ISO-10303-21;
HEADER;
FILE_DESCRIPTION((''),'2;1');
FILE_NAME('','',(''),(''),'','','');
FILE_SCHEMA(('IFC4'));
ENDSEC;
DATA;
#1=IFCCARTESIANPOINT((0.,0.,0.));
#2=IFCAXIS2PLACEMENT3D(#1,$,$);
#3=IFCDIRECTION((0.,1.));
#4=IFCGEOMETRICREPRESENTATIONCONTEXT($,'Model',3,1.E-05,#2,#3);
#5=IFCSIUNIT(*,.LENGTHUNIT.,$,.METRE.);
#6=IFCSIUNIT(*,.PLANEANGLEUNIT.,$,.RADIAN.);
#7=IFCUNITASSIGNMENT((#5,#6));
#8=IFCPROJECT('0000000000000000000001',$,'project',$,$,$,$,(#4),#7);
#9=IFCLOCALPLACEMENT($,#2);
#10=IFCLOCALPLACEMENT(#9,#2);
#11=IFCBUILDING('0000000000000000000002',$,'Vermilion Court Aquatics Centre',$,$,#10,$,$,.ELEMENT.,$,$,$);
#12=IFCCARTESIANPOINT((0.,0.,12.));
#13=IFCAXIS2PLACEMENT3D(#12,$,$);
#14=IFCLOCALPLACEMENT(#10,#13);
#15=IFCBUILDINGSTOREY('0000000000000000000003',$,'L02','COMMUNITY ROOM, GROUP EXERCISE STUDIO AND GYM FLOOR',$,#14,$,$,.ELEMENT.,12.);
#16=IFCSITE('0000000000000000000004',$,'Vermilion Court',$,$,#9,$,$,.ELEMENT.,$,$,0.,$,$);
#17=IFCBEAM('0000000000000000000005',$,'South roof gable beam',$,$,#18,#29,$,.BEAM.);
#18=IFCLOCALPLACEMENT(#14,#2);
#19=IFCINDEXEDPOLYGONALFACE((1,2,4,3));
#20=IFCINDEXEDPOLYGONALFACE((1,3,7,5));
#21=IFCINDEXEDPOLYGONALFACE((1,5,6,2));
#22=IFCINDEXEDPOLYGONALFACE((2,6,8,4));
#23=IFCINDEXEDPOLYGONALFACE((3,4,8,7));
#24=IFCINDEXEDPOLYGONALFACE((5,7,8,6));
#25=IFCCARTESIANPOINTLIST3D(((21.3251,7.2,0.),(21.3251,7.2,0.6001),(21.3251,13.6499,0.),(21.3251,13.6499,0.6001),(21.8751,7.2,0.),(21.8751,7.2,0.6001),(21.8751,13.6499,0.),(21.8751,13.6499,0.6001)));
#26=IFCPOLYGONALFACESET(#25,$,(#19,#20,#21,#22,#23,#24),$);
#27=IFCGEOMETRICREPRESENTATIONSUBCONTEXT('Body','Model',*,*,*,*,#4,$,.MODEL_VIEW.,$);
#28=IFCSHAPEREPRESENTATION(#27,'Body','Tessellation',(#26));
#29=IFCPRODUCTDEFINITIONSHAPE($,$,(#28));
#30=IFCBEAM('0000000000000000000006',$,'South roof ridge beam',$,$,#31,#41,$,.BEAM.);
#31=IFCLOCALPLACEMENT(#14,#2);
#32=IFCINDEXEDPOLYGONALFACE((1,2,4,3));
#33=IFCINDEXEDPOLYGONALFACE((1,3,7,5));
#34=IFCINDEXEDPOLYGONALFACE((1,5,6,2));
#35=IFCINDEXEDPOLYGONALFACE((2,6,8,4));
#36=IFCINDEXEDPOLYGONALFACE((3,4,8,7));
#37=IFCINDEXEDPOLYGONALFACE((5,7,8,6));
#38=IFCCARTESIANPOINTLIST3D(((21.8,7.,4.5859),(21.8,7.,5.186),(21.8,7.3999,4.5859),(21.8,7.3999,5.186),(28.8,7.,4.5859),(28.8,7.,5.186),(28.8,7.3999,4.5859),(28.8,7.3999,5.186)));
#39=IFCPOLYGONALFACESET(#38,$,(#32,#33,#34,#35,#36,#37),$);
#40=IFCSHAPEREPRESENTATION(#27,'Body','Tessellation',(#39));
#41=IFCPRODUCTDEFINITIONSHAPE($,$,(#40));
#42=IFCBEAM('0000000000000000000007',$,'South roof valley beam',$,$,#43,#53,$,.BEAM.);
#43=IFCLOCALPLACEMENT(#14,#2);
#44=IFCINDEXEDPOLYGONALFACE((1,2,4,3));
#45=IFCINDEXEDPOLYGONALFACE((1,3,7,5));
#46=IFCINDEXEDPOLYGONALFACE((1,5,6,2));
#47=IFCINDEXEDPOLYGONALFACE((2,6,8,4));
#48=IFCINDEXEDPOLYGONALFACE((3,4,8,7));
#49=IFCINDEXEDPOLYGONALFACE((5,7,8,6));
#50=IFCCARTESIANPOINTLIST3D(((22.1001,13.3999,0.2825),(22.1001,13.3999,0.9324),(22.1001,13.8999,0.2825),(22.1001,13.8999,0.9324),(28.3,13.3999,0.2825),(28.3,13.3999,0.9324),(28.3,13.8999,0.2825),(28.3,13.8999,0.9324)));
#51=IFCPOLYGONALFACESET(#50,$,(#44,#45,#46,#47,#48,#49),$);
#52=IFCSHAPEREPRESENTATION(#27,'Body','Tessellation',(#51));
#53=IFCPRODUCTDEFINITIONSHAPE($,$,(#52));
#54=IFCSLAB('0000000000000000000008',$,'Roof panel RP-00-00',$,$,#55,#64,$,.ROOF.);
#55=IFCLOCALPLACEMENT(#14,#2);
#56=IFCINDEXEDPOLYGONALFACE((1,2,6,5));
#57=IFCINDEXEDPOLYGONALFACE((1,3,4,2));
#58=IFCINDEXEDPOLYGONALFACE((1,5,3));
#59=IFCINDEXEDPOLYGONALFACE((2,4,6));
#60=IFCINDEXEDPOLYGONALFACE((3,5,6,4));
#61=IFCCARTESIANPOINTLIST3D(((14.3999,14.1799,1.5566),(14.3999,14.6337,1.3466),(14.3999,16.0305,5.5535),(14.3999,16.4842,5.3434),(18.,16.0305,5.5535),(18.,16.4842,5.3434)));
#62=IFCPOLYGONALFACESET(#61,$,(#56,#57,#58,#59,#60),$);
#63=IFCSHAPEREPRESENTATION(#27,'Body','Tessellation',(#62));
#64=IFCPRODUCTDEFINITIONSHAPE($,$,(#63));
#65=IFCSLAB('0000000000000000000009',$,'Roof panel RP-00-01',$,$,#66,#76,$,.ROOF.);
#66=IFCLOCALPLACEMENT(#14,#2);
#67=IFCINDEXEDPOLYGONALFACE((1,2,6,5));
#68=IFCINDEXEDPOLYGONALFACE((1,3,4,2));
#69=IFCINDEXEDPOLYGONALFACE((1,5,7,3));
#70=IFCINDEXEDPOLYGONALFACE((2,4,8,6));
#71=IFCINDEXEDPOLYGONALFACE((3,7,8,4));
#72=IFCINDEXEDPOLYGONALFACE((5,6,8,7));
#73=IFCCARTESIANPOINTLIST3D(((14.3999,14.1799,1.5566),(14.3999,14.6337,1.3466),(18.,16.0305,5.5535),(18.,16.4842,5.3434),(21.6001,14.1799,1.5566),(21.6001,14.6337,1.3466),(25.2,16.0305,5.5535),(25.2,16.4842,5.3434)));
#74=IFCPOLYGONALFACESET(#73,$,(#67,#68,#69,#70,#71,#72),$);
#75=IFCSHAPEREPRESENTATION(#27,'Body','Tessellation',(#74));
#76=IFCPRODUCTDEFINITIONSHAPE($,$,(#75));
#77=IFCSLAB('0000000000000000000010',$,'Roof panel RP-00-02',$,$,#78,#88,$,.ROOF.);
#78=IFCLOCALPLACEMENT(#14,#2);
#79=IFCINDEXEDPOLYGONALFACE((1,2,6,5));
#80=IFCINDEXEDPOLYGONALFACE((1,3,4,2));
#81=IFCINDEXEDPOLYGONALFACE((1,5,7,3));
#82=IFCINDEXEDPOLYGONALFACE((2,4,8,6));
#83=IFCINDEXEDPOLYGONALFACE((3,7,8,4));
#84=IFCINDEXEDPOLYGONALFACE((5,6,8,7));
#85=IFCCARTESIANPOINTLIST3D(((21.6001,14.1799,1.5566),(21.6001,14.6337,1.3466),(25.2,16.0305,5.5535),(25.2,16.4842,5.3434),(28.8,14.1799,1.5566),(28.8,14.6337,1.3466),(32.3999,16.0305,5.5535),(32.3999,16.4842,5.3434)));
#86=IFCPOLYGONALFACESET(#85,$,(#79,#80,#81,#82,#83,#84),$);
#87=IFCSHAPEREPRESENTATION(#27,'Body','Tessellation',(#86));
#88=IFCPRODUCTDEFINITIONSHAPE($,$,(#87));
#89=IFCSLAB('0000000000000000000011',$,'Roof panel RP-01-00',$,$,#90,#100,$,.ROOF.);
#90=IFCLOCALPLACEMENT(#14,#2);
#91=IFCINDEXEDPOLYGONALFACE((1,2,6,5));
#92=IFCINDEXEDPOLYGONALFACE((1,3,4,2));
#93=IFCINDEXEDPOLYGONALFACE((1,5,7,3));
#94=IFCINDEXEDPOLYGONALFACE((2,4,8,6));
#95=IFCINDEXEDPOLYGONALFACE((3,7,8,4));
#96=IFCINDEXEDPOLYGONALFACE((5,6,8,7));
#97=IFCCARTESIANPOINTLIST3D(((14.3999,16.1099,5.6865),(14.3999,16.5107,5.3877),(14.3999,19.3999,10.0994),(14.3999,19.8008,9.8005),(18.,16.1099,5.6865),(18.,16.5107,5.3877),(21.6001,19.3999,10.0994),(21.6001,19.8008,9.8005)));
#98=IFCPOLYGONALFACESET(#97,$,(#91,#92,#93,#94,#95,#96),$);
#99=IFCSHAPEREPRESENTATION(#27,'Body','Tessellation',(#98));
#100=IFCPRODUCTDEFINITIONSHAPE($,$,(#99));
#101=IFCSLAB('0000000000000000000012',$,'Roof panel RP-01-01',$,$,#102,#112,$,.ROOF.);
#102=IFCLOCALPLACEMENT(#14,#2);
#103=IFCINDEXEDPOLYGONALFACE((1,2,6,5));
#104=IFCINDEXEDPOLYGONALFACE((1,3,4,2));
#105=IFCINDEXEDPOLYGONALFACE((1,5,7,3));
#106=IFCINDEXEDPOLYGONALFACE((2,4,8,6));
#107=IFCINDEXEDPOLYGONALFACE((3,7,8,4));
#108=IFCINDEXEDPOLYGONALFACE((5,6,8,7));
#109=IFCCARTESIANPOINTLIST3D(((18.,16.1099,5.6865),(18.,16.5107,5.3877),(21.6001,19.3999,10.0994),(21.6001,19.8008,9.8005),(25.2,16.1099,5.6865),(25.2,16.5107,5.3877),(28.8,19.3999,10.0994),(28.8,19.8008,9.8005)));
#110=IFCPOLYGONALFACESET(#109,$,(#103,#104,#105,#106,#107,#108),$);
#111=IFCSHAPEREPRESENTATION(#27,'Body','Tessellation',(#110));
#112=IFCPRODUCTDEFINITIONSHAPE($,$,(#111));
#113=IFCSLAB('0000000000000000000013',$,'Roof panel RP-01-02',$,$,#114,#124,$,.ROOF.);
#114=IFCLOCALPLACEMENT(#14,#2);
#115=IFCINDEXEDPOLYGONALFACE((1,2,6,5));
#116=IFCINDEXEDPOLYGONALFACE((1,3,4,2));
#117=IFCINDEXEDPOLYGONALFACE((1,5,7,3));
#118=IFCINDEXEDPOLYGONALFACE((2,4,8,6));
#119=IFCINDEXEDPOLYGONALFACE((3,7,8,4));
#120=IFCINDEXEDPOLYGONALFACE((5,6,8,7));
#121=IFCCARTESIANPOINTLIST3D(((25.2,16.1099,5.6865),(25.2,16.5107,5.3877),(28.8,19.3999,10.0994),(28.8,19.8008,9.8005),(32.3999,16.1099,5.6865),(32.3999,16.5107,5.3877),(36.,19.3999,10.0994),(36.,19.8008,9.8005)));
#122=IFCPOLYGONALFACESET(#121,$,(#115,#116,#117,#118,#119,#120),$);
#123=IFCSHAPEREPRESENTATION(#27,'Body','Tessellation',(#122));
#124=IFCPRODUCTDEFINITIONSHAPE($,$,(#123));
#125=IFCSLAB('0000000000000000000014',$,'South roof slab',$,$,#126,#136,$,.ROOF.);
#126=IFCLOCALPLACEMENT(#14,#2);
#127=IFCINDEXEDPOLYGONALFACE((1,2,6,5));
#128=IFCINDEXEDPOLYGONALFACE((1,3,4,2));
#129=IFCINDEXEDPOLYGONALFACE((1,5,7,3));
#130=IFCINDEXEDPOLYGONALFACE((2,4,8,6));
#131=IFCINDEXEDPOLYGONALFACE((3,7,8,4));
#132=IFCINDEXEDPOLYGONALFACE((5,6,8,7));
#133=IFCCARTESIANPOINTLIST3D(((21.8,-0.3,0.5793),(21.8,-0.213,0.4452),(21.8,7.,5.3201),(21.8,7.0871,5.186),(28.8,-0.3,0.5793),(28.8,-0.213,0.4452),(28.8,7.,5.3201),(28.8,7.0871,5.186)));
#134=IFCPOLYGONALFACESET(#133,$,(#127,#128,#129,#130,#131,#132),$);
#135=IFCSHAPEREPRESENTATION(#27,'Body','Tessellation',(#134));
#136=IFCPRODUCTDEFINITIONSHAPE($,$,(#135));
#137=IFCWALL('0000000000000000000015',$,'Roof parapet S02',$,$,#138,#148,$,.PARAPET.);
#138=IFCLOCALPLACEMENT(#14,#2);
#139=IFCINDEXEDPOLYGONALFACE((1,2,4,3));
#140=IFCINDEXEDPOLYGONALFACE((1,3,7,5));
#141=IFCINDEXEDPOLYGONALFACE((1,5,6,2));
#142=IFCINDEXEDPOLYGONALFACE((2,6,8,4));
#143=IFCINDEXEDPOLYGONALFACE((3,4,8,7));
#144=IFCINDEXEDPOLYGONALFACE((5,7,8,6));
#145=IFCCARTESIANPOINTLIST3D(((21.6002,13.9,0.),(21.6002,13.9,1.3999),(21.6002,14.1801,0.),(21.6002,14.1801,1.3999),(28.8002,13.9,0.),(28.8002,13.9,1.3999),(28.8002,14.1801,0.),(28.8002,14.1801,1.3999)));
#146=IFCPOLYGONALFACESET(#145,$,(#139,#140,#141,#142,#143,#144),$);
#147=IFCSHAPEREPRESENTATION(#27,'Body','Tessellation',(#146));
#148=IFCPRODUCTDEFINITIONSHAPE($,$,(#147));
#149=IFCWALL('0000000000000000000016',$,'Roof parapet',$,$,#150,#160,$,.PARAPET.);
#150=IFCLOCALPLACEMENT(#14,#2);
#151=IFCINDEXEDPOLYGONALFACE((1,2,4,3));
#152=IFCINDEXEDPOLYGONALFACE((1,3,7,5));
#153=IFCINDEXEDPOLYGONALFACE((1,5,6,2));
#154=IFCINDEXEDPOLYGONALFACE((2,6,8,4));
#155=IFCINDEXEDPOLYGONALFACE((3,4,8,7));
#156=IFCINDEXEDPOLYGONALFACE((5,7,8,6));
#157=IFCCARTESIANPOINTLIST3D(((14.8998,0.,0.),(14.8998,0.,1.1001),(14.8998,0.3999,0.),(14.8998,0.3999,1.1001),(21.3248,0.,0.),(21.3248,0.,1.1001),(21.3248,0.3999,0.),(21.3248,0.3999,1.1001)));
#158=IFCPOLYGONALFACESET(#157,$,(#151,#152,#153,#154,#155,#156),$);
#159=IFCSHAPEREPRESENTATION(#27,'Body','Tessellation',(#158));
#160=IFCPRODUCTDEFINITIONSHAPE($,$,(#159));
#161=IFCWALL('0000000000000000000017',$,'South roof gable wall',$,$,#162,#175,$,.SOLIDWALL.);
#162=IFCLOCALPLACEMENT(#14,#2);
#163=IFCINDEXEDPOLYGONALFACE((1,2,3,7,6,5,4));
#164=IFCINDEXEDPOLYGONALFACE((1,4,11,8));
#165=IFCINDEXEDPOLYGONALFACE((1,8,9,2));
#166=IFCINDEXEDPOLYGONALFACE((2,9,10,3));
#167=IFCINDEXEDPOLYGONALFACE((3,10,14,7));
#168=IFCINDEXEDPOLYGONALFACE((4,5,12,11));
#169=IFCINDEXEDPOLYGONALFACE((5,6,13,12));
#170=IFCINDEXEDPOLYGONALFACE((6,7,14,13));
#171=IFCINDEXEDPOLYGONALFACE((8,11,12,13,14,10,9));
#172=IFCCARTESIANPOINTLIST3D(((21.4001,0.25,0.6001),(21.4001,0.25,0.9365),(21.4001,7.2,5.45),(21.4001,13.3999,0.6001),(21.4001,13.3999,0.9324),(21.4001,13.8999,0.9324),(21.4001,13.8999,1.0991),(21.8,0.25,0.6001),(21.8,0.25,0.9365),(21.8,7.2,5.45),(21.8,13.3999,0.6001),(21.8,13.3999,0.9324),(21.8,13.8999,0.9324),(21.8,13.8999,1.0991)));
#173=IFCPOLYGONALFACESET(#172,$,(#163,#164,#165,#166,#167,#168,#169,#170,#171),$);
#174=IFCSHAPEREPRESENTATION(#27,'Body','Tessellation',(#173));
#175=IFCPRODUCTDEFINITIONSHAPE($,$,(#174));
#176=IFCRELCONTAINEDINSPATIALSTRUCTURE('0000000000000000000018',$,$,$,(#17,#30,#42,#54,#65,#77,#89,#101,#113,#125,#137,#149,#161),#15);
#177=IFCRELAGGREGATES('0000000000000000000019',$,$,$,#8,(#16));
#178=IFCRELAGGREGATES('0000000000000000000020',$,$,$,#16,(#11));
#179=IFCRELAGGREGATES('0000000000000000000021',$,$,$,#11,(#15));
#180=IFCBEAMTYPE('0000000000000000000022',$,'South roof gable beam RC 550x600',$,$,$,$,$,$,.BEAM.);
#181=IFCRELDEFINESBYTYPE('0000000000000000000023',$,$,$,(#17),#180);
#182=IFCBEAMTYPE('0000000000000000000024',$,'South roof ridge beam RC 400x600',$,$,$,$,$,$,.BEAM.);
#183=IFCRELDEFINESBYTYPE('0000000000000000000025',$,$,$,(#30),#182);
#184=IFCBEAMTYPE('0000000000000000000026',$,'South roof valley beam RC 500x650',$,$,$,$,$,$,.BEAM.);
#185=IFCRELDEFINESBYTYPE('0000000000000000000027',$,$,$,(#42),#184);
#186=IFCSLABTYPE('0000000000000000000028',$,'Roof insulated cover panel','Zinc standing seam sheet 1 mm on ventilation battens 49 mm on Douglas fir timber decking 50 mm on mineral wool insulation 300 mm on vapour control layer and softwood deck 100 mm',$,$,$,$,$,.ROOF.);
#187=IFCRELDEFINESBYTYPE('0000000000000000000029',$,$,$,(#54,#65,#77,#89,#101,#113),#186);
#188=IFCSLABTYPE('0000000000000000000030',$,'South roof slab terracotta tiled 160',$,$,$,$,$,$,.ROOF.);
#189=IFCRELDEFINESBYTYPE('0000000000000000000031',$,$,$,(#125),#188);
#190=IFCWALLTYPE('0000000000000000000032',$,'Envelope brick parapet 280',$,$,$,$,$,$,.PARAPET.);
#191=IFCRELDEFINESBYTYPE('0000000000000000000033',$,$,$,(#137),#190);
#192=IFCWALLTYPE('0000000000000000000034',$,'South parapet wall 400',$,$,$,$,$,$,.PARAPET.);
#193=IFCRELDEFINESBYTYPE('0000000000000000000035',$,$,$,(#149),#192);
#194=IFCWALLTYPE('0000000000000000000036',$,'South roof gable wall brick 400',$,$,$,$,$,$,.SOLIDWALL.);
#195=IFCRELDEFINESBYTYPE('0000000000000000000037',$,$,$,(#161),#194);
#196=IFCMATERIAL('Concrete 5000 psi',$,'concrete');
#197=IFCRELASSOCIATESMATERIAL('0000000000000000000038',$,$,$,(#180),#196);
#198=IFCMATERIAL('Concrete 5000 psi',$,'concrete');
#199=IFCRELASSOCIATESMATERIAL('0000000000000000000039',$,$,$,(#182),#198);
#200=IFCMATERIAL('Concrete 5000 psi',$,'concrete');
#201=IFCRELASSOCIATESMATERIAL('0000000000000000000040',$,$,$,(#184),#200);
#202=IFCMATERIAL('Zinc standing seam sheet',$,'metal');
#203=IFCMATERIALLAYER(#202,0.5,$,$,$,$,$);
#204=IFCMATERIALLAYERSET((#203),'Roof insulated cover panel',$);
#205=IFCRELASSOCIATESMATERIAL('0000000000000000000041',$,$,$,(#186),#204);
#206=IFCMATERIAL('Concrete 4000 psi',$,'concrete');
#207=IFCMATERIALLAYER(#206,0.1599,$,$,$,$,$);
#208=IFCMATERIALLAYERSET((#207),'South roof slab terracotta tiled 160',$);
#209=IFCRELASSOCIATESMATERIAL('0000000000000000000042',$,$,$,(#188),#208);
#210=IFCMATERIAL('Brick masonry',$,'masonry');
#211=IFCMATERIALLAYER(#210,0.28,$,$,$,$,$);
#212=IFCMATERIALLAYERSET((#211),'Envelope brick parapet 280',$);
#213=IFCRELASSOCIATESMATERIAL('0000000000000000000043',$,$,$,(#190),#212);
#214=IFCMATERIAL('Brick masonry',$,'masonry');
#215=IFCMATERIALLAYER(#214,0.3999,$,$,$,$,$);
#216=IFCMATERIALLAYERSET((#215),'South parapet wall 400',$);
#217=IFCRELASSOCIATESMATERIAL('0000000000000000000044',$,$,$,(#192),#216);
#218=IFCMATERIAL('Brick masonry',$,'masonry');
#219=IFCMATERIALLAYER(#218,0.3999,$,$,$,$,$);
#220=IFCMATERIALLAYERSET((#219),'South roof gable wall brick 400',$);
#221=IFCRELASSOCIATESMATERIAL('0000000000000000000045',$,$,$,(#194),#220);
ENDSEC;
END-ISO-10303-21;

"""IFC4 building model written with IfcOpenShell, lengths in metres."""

from ifc_helpers import new_model, si_unit, direction, frame, frame_2d, origin, origin_2d, place, context, subcontext, project, spatial, polyline, rectangle, outline, extrude, material, layer, layer_set, material_profile, profile_set, type_object, element, save


model = new_model("IFC4")

# Units and contexts
model_context = context("Model", 3, precision=1e-05, world=origin(), true_north=direction((0.0, 1.0)))
body_context = subcontext(model_context, "Body", "Model", "MODEL_VIEW")
ifc_project = project(units=[si_unit("LENGTHUNIT", "METRE"), si_unit("PLANEANGLEUNIT", "RADIAN")], contexts=[model_context])

# Site, building, storey
site_placement = place(None, origin())
site = spatial("IfcSite", under=ifc_project, at=site_placement, Name="Vermilion Court", CompositionType="ELEMENT", RefElevation=0.0)
building_placement = place(site_placement, origin())
building = spatial("IfcBuilding", under=site, at=building_placement, Name="Vermilion Court Aquatics Centre", CompositionType="ELEMENT")
storey_placement = place(building_placement, frame((0.0, 0.0, 12.0)))
storey = spatial("IfcBuildingStorey", under=building, at=storey_placement, Name="L02", Description="COMMUNITY ROOM, GROUP EXERCISE STUDIO AND GYM FLOOR", CompositionType="ELEMENT", Elevation=12.0)

# Beams
ifc_material_1 = material(Name="Concrete 5000 psi", Category="concrete")
ifc_material_profile_1 = material_profile(ifc_material_1, rectangle(XDim=0.55, YDim=0.6001, at=origin_2d()), Name="RC 550x600")
ifc_profile_set_1 = profile_set([ifc_material_profile_1], Name="Concrete 5000 psi")
beam_type_1 = type_object("IfcBeamType", Name="South roof gable beam RC 550x600", PredefinedType="BEAM", material=ifc_profile_set_1)
beam_1_placement = place(storey_placement, frame((21.6001, 7.2, 0.3), z_axis=(0.0, 1.0, 0.0), x_axis=(-1.0, 0.0, 0.0)))
element("IfcBeam", 1, at=beam_1_placement, inside=storey, type_object=beam_type_1, Name="South roof gable beam", PredefinedType="BEAM", context=body_context, shape_type="SweptSolid", body=[
    extrude(rectangle(XDim=0.55, YDim=0.6001, at=origin_2d()), origin(), (0.0, 0.0, 1.0), 6.45),
])
ifc_material_2 = material(Name="Concrete 5000 psi", Category="concrete")
ifc_material_profile_2 = material_profile(ifc_material_2, rectangle(XDim=0.3999, YDim=0.6001, at=origin_2d()), Name="RC 400x600")
ifc_profile_set_2 = profile_set([ifc_material_profile_2], Name="Concrete 5000 psi")
beam_type_2 = type_object("IfcBeamType", Name="South roof ridge beam RC 400x600", PredefinedType="BEAM", material=ifc_profile_set_2)
beam_2_placement = place(storey_placement, frame((21.8, 7.2, 4.886), z_axis=(1.0, 0.0, 0.0), x_axis=(0.0, 1.0, 0.0)))
element("IfcBeam", 2, at=beam_2_placement, inside=storey, type_object=beam_type_2, Name="South roof ridge beam", PredefinedType="BEAM", context=body_context, shape_type="SweptSolid", body=[
    extrude(rectangle(XDim=0.3999, YDim=0.6001, at=origin_2d()), origin(), (0.0, 0.0, 1.0), 7.0),
])
ifc_material_3 = material(Name="Concrete 5000 psi", Category="concrete")
ifc_material_profile_3 = material_profile(ifc_material_3, rectangle(XDim=0.5, YDim=0.6499, at=origin_2d()), Name="RC 500x650")
ifc_profile_set_3 = profile_set([ifc_material_profile_3], Name="Concrete 5000 psi")
beam_type_3 = type_object("IfcBeamType", Name="South roof valley beam RC 500x650", PredefinedType="BEAM", material=ifc_profile_set_3)
beam_3_placement = place(storey_placement, frame((22.1001, 13.6499, 0.6074), z_axis=(1.0, 0.0, 0.0), x_axis=(0.0, 1.0, 0.0)))
element("IfcBeam", 3, at=beam_3_placement, inside=storey, type_object=beam_type_3, Name="South roof valley beam", PredefinedType="BEAM", context=body_context, shape_type="SweptSolid", body=[
    extrude(rectangle(XDim=0.5, YDim=0.6499, at=origin_2d()), origin(), (0.0, 0.0, 1.0), 6.2),
])

# Slabs
ifc_material_4 = material(Name="Zinc standing seam sheet", Category="metal")
ifc_layer_1 = layer(ifc_material_4, 0.5)
ifc_layer_set_1 = layer_set([ifc_layer_1], Name="Roof insulated cover panel")
slab_type_1 = type_object("IfcSlabType", Name="Roof insulated cover panel", Description="Zinc standing seam sheet 1 mm on ventilation battens 49 mm on Douglas fir timber decking 50 mm on mineral wool insulation 300 mm on vapour control layer and softwood deck 100 mm", PredefinedType="ROOF", material=ifc_layer_set_1)
slab_1_placement = place(storey_placement, frame((14.3999, 14.1799, 1.5566), z_axis=(0.0, -0.907449, 0.420162), x_axis=(0.632864, 0.325316, 0.702605)))
element("IfcSlab", 4, at=slab_1_placement, inside=storey, type_object=slab_type_1, Name="Roof panel RP-00-00", PredefinedType="ROOF", context=body_context, shape_type="SweptSolid", body=[
    extrude(outline(polyline([(0.0, 0.0), (5.6886, 0.0), (3.4102, 2.7874), (0.0, 0.0)])), origin(), (0.0, 0.0, -1.0), 0.5),
])
slab_2_placement = place(storey_placement, frame((14.3999, 14.1799, 1.5566), z_axis=(0.0, -0.907449, 0.420162), x_axis=(1.0, 0.0, 0.0)))
element("IfcSlab", 5, at=slab_2_placement, inside=storey, type_object=slab_type_1, Name="Roof panel RP-00-01", PredefinedType="ROOF", context=body_context, shape_type="SweptSolid", body=[
    extrude(outline(polyline([(0.0, 0.0), (7.2002, 0.0), (10.8, 4.4045), (3.6001, 4.4045), (0.0, 0.0)])), origin(), (0.0, 0.0, -1.0), 0.5),
])
slab_3_placement = place(storey_placement, frame((21.6001, 14.1799, 1.5566), z_axis=(0.0, -0.907449, 0.420162), x_axis=(1.0, 0.0, 0.0)))
element("IfcSlab", 6, at=slab_3_placement, inside=storey, type_object=slab_type_1, Name="Roof panel RP-00-02", PredefinedType="ROOF", context=body_context, shape_type="SweptSolid", body=[
    extrude(outline(polyline([(0.0, 0.0), (7.2, 0.0), (10.7998, 4.4045), (3.5999, 4.4045), (0.0, 0.0)])), origin(), (0.0, 0.0, -1.0), 0.5),
])
slab_4_placement = place(storey_placement, frame((14.3999, 16.1099, 5.6865), z_axis=(0.0, -0.801705, 0.59772), x_axis=(1.0, 0.0, 0.0)))
element("IfcSlab", 7, at=slab_4_placement, inside=storey, type_object=slab_type_1, Name="Roof panel RP-01-00", PredefinedType="ROOF", context=body_context, shape_type="SweptSolid", body=[
    extrude(outline(polyline([(0.0, 0.0), (3.6001, 0.0), (7.2002, 5.5043), (0.0, 5.5043), (0.0, 0.0)])), origin(), (0.0, 0.0, -1.0), 0.5),
])
for number, where, z_axis, x_axis, name in (
    (8, (18.0, 16.1099, 5.6865), (0.0, -0.801705, 0.59772), (1.0, 0.0, 0.0), "Roof panel RP-01-01"),
    (9, (25.2, 16.1099, 5.6865), (0.0, -0.801705, 0.59772), (1.0, 0.0, 0.0), "Roof panel RP-01-02"),
):
    element("IfcSlab", number, at=place(storey_placement, frame(where, z_axis=z_axis, x_axis=x_axis)), inside=storey, type_object=slab_type_1, Name=name, PredefinedType="ROOF", context=body_context, shape_type="SweptSolid", body=[
        extrude(outline(polyline([(0.0, 0.0), (7.2, 0.0), (10.8, 5.5043), (3.6001, 5.5043), (0.0, 0.0)])), origin(), (0.0, 0.0, -1.0), 0.5),
    ])
ifc_material_5 = material(Name="Concrete 4000 psi", Category="concrete")
ifc_layer_2 = layer(ifc_material_5, 0.1599)
ifc_layer_set_2 = layer_set([ifc_layer_2], Name="South roof slab terracotta tiled 160")
slab_type_2 = type_object("IfcSlabType", Name="South roof slab terracotta tiled 160", PredefinedType="ROOF", material=ifc_layer_set_2)
slab_5_placement = place(storey_placement, frame((21.8, -0.3, 0.5793), z_axis=(0.0, -0.54464, 0.83867), x_axis=(0.0, 0.83867, 0.54464)))
element("IfcSlab", 10, at=slab_5_placement, inside=storey, type_object=slab_type_2, Name="South roof slab", PredefinedType="ROOF", context=body_context, shape_type="SweptSolid", body=[
    extrude(outline(polyline([(0.0, 0.0), (8.7043, 0.0), (8.7043, -7.0), (0.0, -7.0), (0.0, 0.0)])), origin(), (0.0, 0.0, -1.0), 0.1599),
])

# Walls
ifc_material_6 = material(Name="Brick masonry", Category="masonry")
ifc_layer_3 = layer(ifc_material_6, 0.28)
ifc_layer_set_3 = layer_set([ifc_layer_3], Name="Envelope brick parapet 280")
wall_type_1 = type_object("IfcWallType", Name="Envelope brick parapet 280", PredefinedType="PARAPET", material=ifc_layer_set_3)
wall_1_placement = place(storey_placement, frame((21.6001, 14.04, 0.0), z_axis=(0.0, 0.0, 1.0), x_axis=(1.0, 0.0, 0.0)))
element("IfcWall", 11, at=wall_1_placement, inside=storey, type_object=wall_type_1, Name="Roof parapet S02", PredefinedType="PARAPET", context=body_context, shape_type="SweptSolid", body=[
    extrude(rectangle(XDim=7.2, YDim=0.28, at=frame_2d((3.6001, 0.0))), origin(), (0.0, 0.0, 1.0), 1.3999),
])
ifc_material_7 = material(Name="Brick masonry", Category="masonry")
ifc_layer_4 = layer(ifc_material_7, 0.3999)
ifc_layer_set_4 = layer_set([ifc_layer_4], Name="South parapet wall 400")
wall_type_2 = type_object("IfcWallType", Name="South parapet wall 400", PredefinedType="PARAPET", material=ifc_layer_set_4)
wall_2_placement = place(storey_placement, frame((14.8999, 0.2, 0.0), z_axis=(0.0, 0.0, 1.0), x_axis=(1.0, 0.0, 0.0)))
element("IfcWall", 12, at=wall_2_placement, inside=storey, type_object=wall_type_2, Name="Roof parapet", PredefinedType="PARAPET", context=body_context, shape_type="SweptSolid", body=[
    extrude(rectangle(XDim=6.425, YDim=0.3999, at=frame_2d((3.2124, 0.0))), origin(), (0.0, 0.0, 1.0), 1.1001),
])
ifc_material_8 = material(Name="Brick masonry", Category="masonry")
ifc_layer_5 = layer(ifc_material_8, 0.3999)
ifc_layer_set_5 = layer_set([ifc_layer_5], Name="South roof gable wall brick 400")
wall_type_3 = type_object("IfcWallType", Name="South roof gable wall brick 400", PredefinedType="SOLIDWALL", material=ifc_layer_set_5)
wall_3_placement = place(storey_placement, frame((21.6001, 0.25, 0.6001), z_axis=(0.0, 0.0, 1.0), x_axis=(0.0, 1.0, 0.0)))
element("IfcWall", 13, at=wall_3_placement, inside=storey, type_object=wall_type_3, Name="South roof gable wall", PredefinedType="SOLIDWALL", context=body_context, shape_type="SweptSolid", body=[
    extrude(outline(polyline([(0.0, 0.0), (13.1499, 0.0), (13.1499, 0.3323), (13.6499, 0.3323), (13.6499, 0.499), (6.95, 4.8499), (0.0, 0.3364), (0.0, 0.0)])), frame((0.0, 0.2, 0.0), z_axis=(0.0, -1.0, 0.0), x_axis=(1.0, 0.0, 0.0)), (0.0, 0.0, 1.0), 0.3999),
])

save(model, "model.ifc")
